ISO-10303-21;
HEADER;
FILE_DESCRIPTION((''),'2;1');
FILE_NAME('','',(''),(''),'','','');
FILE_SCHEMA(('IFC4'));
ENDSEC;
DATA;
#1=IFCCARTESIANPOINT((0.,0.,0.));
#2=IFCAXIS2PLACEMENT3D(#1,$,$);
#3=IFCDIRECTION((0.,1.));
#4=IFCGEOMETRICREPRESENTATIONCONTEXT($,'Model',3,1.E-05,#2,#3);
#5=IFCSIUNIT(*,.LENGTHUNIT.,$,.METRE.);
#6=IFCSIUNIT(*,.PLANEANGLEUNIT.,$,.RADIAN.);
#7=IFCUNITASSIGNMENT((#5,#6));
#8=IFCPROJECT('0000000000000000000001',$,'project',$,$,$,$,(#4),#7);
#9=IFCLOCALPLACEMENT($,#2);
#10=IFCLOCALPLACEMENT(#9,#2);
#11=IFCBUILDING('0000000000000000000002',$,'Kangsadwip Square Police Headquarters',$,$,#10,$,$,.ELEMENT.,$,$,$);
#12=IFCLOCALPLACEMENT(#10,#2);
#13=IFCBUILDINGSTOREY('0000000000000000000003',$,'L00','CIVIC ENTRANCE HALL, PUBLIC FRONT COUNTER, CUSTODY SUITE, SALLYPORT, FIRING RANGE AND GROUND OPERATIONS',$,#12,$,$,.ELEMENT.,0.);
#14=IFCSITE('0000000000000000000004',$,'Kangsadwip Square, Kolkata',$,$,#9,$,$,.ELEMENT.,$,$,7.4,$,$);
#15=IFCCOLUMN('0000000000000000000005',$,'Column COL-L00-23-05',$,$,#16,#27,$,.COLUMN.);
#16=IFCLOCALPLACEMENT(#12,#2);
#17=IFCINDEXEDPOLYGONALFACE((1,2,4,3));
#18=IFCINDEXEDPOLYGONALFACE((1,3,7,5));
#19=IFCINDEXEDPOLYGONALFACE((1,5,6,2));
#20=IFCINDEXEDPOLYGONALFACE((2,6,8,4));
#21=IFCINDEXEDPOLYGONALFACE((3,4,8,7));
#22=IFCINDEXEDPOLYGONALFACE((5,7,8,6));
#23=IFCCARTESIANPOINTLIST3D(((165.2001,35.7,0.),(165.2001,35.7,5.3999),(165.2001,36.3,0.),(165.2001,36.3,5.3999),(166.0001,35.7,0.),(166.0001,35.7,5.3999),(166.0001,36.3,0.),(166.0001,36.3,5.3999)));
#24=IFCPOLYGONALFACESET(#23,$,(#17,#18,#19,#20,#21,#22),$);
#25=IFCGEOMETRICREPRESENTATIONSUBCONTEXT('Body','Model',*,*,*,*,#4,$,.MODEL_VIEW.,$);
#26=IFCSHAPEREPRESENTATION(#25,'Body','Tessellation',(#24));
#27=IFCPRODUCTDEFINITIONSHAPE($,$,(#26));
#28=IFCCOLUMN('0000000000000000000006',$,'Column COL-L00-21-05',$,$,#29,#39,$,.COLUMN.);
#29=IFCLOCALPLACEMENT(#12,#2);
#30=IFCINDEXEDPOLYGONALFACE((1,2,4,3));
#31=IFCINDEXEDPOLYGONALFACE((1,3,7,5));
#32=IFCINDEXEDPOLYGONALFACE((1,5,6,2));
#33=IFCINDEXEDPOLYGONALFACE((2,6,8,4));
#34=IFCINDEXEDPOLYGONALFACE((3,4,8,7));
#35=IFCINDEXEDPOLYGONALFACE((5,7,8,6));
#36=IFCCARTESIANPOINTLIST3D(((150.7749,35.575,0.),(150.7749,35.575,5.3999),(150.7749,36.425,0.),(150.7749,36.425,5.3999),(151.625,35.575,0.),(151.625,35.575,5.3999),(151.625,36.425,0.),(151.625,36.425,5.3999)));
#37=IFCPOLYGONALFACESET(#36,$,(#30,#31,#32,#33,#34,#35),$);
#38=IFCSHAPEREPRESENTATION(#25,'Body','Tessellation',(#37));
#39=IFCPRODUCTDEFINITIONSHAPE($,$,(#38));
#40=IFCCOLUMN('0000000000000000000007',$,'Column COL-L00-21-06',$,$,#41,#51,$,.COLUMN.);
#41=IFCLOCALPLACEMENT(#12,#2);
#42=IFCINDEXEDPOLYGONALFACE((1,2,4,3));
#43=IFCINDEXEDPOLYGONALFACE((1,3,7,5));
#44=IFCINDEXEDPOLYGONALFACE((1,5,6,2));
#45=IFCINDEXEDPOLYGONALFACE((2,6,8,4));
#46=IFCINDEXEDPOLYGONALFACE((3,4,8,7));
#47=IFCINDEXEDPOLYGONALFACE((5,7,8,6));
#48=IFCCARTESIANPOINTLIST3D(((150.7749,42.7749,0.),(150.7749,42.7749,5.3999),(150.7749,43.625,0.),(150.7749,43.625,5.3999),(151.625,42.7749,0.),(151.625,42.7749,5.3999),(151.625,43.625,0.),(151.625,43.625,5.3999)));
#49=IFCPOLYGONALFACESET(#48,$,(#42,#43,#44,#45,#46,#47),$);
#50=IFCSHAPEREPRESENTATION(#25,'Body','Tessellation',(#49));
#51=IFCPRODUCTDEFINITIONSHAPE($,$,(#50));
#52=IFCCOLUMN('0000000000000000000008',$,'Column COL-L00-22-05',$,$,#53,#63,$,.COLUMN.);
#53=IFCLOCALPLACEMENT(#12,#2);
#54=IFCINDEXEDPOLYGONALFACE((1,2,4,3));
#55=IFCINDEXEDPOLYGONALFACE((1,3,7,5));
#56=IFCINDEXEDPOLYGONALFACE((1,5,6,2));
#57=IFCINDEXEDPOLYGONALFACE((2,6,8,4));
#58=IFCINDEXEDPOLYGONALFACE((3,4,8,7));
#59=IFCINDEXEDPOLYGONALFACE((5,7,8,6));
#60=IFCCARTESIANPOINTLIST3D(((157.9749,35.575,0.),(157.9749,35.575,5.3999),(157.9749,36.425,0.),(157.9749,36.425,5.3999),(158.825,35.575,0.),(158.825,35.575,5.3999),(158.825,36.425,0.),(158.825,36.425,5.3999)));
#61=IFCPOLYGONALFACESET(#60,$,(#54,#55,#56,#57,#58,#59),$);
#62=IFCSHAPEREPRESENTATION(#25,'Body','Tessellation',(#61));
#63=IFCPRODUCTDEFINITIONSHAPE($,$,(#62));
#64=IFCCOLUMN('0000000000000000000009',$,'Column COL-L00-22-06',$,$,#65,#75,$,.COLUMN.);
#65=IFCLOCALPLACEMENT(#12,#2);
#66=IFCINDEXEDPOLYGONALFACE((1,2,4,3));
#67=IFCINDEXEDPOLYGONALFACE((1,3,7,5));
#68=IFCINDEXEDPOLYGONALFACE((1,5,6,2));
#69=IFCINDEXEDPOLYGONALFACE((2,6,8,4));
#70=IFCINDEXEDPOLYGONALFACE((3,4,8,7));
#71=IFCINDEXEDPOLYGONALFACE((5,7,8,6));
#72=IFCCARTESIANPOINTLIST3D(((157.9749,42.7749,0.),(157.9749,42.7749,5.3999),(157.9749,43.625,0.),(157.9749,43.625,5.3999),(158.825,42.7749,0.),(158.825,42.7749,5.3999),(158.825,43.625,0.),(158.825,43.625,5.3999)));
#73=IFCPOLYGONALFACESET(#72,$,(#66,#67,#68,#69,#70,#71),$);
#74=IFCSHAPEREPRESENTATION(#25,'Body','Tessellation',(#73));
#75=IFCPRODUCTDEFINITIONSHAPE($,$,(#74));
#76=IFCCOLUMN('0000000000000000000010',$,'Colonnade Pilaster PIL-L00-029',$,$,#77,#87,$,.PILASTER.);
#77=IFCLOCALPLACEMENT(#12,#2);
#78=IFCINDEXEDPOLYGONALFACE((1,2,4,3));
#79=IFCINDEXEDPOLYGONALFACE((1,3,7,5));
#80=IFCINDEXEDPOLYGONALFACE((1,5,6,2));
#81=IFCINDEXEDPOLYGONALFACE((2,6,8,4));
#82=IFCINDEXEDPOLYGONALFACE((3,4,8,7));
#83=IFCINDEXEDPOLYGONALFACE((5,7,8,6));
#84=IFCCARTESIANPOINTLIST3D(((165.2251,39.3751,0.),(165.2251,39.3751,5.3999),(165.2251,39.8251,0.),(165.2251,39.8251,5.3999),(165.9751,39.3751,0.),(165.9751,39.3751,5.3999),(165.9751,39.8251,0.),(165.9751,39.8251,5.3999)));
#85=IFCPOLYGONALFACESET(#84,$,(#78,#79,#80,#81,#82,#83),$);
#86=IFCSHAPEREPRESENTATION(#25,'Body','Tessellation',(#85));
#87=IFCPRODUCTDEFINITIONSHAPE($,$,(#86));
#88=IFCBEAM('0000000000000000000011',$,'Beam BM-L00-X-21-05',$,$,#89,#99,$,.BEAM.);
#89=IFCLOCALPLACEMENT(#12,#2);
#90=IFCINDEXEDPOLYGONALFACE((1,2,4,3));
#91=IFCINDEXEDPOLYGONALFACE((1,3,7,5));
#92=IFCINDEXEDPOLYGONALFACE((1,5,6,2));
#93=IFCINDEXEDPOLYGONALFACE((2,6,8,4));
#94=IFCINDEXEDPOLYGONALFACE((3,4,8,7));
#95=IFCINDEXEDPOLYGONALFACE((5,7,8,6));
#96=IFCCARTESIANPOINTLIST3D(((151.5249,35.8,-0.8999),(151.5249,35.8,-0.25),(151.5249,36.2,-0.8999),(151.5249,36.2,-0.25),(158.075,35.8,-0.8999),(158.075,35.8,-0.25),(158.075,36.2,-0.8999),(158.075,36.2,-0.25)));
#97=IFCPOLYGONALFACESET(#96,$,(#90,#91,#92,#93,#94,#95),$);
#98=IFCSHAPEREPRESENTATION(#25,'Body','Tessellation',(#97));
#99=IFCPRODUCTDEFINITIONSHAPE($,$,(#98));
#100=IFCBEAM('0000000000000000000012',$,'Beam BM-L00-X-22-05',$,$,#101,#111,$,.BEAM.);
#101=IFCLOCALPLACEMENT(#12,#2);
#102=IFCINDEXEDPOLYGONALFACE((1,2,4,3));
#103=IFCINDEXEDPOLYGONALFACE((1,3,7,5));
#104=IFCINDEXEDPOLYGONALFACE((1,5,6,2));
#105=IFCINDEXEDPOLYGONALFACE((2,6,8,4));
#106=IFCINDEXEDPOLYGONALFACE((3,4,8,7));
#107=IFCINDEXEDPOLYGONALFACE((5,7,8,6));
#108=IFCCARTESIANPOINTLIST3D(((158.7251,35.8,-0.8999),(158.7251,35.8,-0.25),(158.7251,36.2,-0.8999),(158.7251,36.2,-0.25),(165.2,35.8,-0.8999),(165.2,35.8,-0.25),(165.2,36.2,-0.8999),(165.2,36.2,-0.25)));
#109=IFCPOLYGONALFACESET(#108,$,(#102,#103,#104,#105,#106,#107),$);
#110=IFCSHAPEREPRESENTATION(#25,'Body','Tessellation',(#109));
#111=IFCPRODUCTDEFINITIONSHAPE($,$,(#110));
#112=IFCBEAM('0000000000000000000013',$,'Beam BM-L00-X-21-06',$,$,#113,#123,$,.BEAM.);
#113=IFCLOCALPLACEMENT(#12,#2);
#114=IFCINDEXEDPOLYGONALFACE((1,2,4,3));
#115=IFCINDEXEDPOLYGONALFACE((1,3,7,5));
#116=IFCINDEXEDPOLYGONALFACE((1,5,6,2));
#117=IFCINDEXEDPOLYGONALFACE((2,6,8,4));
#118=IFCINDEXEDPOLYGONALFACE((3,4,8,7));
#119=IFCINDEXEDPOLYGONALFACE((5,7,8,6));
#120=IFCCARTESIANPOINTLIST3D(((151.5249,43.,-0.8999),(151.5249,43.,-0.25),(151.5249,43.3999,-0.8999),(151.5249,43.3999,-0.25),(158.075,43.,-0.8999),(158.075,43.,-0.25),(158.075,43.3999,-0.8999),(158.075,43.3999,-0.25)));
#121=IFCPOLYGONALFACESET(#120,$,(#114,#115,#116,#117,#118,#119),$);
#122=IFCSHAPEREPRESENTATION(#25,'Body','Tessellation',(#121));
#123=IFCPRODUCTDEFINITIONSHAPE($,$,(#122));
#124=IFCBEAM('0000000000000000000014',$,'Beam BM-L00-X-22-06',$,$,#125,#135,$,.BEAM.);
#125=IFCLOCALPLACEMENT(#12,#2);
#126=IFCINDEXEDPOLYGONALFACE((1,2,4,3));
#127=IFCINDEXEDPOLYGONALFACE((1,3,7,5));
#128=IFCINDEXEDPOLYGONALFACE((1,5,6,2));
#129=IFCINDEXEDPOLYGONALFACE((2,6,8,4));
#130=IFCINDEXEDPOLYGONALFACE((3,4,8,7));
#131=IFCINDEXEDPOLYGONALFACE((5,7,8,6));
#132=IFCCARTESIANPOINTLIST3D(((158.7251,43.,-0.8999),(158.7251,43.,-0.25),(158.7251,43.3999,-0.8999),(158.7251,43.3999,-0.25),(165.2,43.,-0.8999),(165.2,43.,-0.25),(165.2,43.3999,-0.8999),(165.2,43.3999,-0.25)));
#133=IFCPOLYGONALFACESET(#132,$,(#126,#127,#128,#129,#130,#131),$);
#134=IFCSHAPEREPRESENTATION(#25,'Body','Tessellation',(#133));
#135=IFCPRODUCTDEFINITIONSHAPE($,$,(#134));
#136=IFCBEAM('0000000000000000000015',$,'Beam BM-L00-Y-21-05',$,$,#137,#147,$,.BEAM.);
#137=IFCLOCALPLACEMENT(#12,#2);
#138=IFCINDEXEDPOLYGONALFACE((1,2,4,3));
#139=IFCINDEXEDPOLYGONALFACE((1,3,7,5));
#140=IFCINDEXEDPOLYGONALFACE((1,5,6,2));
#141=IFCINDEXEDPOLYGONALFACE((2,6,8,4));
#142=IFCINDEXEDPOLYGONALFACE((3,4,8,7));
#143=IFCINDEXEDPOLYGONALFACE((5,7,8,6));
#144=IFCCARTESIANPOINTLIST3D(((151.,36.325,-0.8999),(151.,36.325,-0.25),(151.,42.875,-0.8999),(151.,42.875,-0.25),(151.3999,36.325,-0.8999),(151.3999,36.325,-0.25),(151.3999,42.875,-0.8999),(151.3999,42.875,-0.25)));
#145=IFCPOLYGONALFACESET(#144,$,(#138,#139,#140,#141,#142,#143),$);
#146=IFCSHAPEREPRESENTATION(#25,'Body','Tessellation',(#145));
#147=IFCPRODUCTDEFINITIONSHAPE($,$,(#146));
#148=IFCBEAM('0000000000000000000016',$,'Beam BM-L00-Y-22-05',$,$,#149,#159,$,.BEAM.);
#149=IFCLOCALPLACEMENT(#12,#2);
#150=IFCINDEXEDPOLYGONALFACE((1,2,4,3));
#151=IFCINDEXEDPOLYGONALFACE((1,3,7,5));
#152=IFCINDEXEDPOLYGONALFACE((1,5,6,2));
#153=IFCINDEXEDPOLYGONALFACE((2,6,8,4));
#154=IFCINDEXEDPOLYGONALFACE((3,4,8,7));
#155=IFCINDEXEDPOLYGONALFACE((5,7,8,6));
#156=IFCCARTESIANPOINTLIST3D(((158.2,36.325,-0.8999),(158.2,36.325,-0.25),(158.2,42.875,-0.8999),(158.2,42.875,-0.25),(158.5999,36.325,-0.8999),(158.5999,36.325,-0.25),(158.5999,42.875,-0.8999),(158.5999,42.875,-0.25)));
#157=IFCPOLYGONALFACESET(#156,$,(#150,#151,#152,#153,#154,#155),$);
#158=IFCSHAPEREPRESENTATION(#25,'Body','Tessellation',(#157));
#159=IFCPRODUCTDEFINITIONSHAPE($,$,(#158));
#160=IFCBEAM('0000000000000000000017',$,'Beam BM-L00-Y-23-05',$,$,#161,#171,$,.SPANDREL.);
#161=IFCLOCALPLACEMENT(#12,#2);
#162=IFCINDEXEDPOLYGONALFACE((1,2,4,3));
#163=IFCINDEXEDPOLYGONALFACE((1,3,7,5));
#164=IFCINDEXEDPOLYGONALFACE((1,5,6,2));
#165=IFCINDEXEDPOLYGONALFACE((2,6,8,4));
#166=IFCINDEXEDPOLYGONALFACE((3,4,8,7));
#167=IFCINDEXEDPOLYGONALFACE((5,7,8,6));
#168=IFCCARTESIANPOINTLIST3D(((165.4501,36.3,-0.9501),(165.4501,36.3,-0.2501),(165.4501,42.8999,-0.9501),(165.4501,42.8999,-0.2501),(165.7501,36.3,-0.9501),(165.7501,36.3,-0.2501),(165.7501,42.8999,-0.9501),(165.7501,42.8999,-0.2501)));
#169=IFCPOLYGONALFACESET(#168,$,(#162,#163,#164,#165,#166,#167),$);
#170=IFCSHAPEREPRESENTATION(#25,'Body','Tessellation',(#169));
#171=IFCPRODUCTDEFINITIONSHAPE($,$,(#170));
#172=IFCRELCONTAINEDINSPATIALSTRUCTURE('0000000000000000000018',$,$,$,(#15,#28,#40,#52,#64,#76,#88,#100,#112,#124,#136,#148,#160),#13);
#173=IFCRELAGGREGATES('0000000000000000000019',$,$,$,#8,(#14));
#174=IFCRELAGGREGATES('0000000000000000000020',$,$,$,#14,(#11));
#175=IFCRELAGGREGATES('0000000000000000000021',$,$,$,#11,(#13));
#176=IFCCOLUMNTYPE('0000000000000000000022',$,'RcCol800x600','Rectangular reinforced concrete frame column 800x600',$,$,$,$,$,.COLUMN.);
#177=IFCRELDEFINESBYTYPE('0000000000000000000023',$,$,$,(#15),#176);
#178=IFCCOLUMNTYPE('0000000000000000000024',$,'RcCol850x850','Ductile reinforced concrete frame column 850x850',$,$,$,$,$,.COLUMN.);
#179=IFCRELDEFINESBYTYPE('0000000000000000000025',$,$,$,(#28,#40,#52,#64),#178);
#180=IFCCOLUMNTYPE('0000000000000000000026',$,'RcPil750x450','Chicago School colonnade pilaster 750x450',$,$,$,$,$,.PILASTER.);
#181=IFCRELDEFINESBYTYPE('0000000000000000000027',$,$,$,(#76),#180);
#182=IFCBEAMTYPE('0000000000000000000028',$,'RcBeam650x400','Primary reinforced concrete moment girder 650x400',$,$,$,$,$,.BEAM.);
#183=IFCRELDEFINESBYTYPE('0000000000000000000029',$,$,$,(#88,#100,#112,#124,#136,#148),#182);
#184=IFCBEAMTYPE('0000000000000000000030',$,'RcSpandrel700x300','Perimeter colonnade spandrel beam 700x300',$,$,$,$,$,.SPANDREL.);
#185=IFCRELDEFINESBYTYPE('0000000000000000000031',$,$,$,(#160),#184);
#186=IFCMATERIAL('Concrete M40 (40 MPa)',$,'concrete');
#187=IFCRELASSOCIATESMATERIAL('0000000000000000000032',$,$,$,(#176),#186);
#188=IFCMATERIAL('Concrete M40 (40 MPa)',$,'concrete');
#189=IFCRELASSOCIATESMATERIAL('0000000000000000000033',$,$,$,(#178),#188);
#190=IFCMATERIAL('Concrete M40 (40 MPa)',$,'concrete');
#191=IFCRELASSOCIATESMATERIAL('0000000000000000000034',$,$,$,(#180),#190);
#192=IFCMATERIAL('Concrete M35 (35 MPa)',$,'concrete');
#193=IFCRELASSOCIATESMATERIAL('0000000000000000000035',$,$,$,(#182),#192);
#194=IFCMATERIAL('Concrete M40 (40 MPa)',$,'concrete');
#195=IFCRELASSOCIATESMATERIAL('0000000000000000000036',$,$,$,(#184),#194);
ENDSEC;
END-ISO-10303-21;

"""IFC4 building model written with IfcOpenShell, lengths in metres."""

from ifc_helpers import new_model, si_unit, direction, frame, origin, origin_2d, place, context, subcontext, project, spatial, rectangle, extrude, material, material_profile, profile_set, type_object, element, save


model = new_model("IFC4")

# Units and contexts
model_context = context("Model", 3, precision=1e-05, world=origin(), true_north=direction((0.0, 1.0)))
body_context = subcontext(model_context, "Body", "Model", "MODEL_VIEW")
ifc_project = project(units=[si_unit("LENGTHUNIT", "METRE"), si_unit("PLANEANGLEUNIT", "RADIAN")], contexts=[model_context])

# Site, building, storey
site_placement = place(None, origin())
site = spatial("IfcSite", under=ifc_project, at=site_placement, Name="Kangsadwip Square, Kolkata", CompositionType="ELEMENT", RefElevation=7.4)
building_placement = place(site_placement, origin())
building = spatial("IfcBuilding", under=site, at=building_placement, Name="Kangsadwip Square Police Headquarters", CompositionType="ELEMENT")
storey_placement = place(building_placement, origin())
storey = spatial("IfcBuildingStorey", under=building, at=storey_placement, Name="L00", Description="CIVIC ENTRANCE HALL, PUBLIC FRONT COUNTER, CUSTODY SUITE, SALLYPORT, FIRING RANGE AND GROUND OPERATIONS", CompositionType="ELEMENT", Elevation=0.0)

# Columns
ifc_material_1 = material(Name="Concrete M40 (40 MPa)", Category="concrete")
ifc_material_profile_1 = material_profile(ifc_material_1, rectangle(XDim=0.6001, YDim=0.8, at=origin_2d()), Name="RC COL 800X600")
ifc_profile_set_1 = profile_set([ifc_material_profile_1], Name="Concrete M40 (40 MPa)")
column_type_1 = type_object("IfcColumnType", Name="RcCol800x600", Description="Rectangular reinforced concrete frame column 800x600", PredefinedType="COLUMN", material=ifc_profile_set_1)
column_1_placement = place(storey_placement, frame((165.6001, 36.0, 0.0), z_axis=(0.0, 0.0, 1.0), x_axis=(0.0, 1.0, 0.0)))
element("IfcColumn", 1, at=column_1_placement, inside=storey, type_object=column_type_1, Name="Column COL-L00-23-05", PredefinedType="COLUMN", context=body_context, shape_type="SweptSolid", body=[
    extrude(rectangle(XDim=0.6001, YDim=0.8, at=origin_2d()), origin(), (0.0, 0.0, 1.0), 5.3999),
])
ifc_material_2 = material(Name="Concrete M40 (40 MPa)", Category="concrete")
ifc_material_profile_2 = material_profile(ifc_material_2, rectangle(XDim=0.8501, YDim=0.8501, at=origin_2d()), Name="RC COL 850X850")
ifc_profile_set_2 = profile_set([ifc_material_profile_2], Name="Concrete M40 (40 MPa)")
column_type_2 = type_object("IfcColumnType", Name="RcCol850x850", Description="Ductile reinforced concrete frame column 850x850", PredefinedType="COLUMN", material=ifc_profile_set_2)
for number, where, z_axis, x_axis, name in (
    (2, (151.2, 36.0, 0.0), (0.0, 0.0, 1.0), (1.0, 0.0, 0.0), "Column COL-L00-21-05"),
    (3, (151.2, 43.2, 0.0), (0.0, 0.0, 1.0), (1.0, 0.0, 0.0), "Column COL-L00-21-06"),
    (4, (158.3999, 36.0, 0.0), (0.0, 0.0, 1.0), (1.0, 0.0, 0.0), "Column COL-L00-22-05"),
    (5, (158.3999, 43.2, 0.0), (0.0, 0.0, 1.0), (1.0, 0.0, 0.0), "Column COL-L00-22-06"),
):
    element("IfcColumn", number, at=place(storey_placement, frame(where, z_axis=z_axis, x_axis=x_axis)), inside=storey, type_object=column_type_2, Name=name, PredefinedType="COLUMN", context=body_context, shape_type="SweptSolid", body=[
        extrude(rectangle(XDim=0.8501, YDim=0.8501, at=origin_2d()), origin(), (0.0, 0.0, 1.0), 5.3999),
    ])
ifc_material_3 = material(Name="Concrete M40 (40 MPa)", Category="concrete")
ifc_material_profile_3 = material_profile(ifc_material_3, rectangle(XDim=0.45, YDim=0.75, at=origin_2d()), Name="RC PIL 750X450")
ifc_profile_set_3 = profile_set([ifc_material_profile_3], Name="Concrete M40 (40 MPa)")
column_type_3 = type_object("IfcColumnType", Name="RcPil750x450", Description="Chicago School colonnade pilaster 750x450", PredefinedType="PILASTER", material=ifc_profile_set_3)
column_2_placement = place(storey_placement, frame((165.6001, 39.6001, 0.0), z_axis=(0.0, 0.0, 1.0), x_axis=(0.0, 1.0, 0.0)))
element("IfcColumn", 6, at=column_2_placement, inside=storey, type_object=column_type_3, Name="Colonnade Pilaster PIL-L00-029", PredefinedType="PILASTER", context=body_context, shape_type="SweptSolid", body=[
    extrude(rectangle(XDim=0.45, YDim=0.75, at=origin_2d()), origin(), (0.0, 0.0, 1.0), 5.3999),
])

# Beams
ifc_material_4 = material(Name="Concrete M35 (35 MPa)", Category="concrete")
ifc_material_profile_4 = material_profile(ifc_material_4, rectangle(XDim=0.3999, YDim=0.6499, at=origin_2d()), Name="RC BM 650X400")
ifc_profile_set_4 = profile_set([ifc_material_profile_4], Name="Concrete M35 (35 MPa)")
beam_type_1 = type_object("IfcBeamType", Name="RcBeam650x400", Description="Primary reinforced concrete moment girder 650x400", PredefinedType="BEAM", material=ifc_profile_set_4)
beam_1_placement = place(storey_placement, frame((151.5249, 36.0, -0.575), z_axis=(1.0, 0.0, 0.0), x_axis=(0.0, 1.0, 0.0)))
element("IfcBeam", 7, at=beam_1_placement, inside=storey, type_object=beam_type_1, Name="Beam BM-L00-X-21-05", PredefinedType="BEAM", context=body_context, shape_type="SweptSolid", body=[
    extrude(rectangle(XDim=0.3999, YDim=0.6499, at=origin_2d()), origin(), (0.0, 0.0, 1.0), 6.55),
])
beam_2_placement = place(storey_placement, frame((158.7251, 36.0, -0.575), z_axis=(1.0, 0.0, 0.0), x_axis=(0.0, 1.0, 0.0)))
element("IfcBeam", 8, at=beam_2_placement, inside=storey, type_object=beam_type_1, Name="Beam BM-L00-X-22-05", PredefinedType="BEAM", context=body_context, shape_type="SweptSolid", body=[
    extrude(rectangle(XDim=0.3999, YDim=0.6499, at=origin_2d()), origin(), (0.0, 0.0, 1.0), 6.4749),
])
beam_3_placement = place(storey_placement, frame((151.5249, 43.2, -0.575), z_axis=(1.0, 0.0, 0.0), x_axis=(0.0, 1.0, 0.0)))
element("IfcBeam", 9, at=beam_3_placement, inside=storey, type_object=beam_type_1, Name="Beam BM-L00-X-21-06", PredefinedType="BEAM", context=body_context, shape_type="SweptSolid", body=[
    extrude(rectangle(XDim=0.3999, YDim=0.6499, at=origin_2d()), origin(), (0.0, 0.0, 1.0), 6.55),
])
beam_4_placement = place(storey_placement, frame((158.7251, 43.2, -0.575), z_axis=(1.0, 0.0, 0.0), x_axis=(0.0, 1.0, 0.0)))
element("IfcBeam", 10, at=beam_4_placement, inside=storey, type_object=beam_type_1, Name="Beam BM-L00-X-22-06", PredefinedType="BEAM", context=body_context, shape_type="SweptSolid", body=[
    extrude(rectangle(XDim=0.3999, YDim=0.6499, at=origin_2d()), origin(), (0.0, 0.0, 1.0), 6.4749),
])
for number, where, z_axis, x_axis, name in (
    (11, (151.2, 36.325, -0.575), (0.0, 1.0, 0.0), (-1.0, 0.0, 0.0), "Beam BM-L00-Y-21-05"),
    (12, (158.3999, 36.325, -0.575), (0.0, 1.0, 0.0), (-1.0, 0.0, 0.0), "Beam BM-L00-Y-22-05"),
):
    element("IfcBeam", number, at=place(storey_placement, frame(where, z_axis=z_axis, x_axis=x_axis)), inside=storey, type_object=beam_type_1, Name=name, PredefinedType="BEAM", context=body_context, shape_type="SweptSolid", body=[
        extrude(rectangle(XDim=0.3999, YDim=0.6499, at=origin_2d()), origin(), (0.0, 0.0, 1.0), 6.55),
    ])
ifc_material_5 = material(Name="Concrete M40 (40 MPa)", Category="concrete")
ifc_material_profile_5 = material_profile(ifc_material_5, rectangle(XDim=0.3, YDim=0.7, at=origin_2d()), Name="RC SPN 700X300")
ifc_profile_set_5 = profile_set([ifc_material_profile_5], Name="Concrete M40 (40 MPa)")
beam_type_2 = type_object("IfcBeamType", Name="RcSpandrel700x300", Description="Perimeter colonnade spandrel beam 700x300", PredefinedType="SPANDREL", material=ifc_profile_set_5)
beam_5_placement = place(storey_placement, frame((165.6001, 36.3, -0.6001), z_axis=(0.0, 1.0, 0.0), x_axis=(-1.0, 0.0, 0.0)))
element("IfcBeam", 13, at=beam_5_placement, inside=storey, type_object=beam_type_2, Name="Beam BM-L00-Y-23-05", PredefinedType="SPANDREL", context=body_context, shape_type="SweptSolid", body=[
    extrude(rectangle(XDim=0.3, YDim=0.7, at=origin_2d()), origin(), (0.0, 0.0, 1.0), 6.5999),
])

save(model, "model.ifc")
